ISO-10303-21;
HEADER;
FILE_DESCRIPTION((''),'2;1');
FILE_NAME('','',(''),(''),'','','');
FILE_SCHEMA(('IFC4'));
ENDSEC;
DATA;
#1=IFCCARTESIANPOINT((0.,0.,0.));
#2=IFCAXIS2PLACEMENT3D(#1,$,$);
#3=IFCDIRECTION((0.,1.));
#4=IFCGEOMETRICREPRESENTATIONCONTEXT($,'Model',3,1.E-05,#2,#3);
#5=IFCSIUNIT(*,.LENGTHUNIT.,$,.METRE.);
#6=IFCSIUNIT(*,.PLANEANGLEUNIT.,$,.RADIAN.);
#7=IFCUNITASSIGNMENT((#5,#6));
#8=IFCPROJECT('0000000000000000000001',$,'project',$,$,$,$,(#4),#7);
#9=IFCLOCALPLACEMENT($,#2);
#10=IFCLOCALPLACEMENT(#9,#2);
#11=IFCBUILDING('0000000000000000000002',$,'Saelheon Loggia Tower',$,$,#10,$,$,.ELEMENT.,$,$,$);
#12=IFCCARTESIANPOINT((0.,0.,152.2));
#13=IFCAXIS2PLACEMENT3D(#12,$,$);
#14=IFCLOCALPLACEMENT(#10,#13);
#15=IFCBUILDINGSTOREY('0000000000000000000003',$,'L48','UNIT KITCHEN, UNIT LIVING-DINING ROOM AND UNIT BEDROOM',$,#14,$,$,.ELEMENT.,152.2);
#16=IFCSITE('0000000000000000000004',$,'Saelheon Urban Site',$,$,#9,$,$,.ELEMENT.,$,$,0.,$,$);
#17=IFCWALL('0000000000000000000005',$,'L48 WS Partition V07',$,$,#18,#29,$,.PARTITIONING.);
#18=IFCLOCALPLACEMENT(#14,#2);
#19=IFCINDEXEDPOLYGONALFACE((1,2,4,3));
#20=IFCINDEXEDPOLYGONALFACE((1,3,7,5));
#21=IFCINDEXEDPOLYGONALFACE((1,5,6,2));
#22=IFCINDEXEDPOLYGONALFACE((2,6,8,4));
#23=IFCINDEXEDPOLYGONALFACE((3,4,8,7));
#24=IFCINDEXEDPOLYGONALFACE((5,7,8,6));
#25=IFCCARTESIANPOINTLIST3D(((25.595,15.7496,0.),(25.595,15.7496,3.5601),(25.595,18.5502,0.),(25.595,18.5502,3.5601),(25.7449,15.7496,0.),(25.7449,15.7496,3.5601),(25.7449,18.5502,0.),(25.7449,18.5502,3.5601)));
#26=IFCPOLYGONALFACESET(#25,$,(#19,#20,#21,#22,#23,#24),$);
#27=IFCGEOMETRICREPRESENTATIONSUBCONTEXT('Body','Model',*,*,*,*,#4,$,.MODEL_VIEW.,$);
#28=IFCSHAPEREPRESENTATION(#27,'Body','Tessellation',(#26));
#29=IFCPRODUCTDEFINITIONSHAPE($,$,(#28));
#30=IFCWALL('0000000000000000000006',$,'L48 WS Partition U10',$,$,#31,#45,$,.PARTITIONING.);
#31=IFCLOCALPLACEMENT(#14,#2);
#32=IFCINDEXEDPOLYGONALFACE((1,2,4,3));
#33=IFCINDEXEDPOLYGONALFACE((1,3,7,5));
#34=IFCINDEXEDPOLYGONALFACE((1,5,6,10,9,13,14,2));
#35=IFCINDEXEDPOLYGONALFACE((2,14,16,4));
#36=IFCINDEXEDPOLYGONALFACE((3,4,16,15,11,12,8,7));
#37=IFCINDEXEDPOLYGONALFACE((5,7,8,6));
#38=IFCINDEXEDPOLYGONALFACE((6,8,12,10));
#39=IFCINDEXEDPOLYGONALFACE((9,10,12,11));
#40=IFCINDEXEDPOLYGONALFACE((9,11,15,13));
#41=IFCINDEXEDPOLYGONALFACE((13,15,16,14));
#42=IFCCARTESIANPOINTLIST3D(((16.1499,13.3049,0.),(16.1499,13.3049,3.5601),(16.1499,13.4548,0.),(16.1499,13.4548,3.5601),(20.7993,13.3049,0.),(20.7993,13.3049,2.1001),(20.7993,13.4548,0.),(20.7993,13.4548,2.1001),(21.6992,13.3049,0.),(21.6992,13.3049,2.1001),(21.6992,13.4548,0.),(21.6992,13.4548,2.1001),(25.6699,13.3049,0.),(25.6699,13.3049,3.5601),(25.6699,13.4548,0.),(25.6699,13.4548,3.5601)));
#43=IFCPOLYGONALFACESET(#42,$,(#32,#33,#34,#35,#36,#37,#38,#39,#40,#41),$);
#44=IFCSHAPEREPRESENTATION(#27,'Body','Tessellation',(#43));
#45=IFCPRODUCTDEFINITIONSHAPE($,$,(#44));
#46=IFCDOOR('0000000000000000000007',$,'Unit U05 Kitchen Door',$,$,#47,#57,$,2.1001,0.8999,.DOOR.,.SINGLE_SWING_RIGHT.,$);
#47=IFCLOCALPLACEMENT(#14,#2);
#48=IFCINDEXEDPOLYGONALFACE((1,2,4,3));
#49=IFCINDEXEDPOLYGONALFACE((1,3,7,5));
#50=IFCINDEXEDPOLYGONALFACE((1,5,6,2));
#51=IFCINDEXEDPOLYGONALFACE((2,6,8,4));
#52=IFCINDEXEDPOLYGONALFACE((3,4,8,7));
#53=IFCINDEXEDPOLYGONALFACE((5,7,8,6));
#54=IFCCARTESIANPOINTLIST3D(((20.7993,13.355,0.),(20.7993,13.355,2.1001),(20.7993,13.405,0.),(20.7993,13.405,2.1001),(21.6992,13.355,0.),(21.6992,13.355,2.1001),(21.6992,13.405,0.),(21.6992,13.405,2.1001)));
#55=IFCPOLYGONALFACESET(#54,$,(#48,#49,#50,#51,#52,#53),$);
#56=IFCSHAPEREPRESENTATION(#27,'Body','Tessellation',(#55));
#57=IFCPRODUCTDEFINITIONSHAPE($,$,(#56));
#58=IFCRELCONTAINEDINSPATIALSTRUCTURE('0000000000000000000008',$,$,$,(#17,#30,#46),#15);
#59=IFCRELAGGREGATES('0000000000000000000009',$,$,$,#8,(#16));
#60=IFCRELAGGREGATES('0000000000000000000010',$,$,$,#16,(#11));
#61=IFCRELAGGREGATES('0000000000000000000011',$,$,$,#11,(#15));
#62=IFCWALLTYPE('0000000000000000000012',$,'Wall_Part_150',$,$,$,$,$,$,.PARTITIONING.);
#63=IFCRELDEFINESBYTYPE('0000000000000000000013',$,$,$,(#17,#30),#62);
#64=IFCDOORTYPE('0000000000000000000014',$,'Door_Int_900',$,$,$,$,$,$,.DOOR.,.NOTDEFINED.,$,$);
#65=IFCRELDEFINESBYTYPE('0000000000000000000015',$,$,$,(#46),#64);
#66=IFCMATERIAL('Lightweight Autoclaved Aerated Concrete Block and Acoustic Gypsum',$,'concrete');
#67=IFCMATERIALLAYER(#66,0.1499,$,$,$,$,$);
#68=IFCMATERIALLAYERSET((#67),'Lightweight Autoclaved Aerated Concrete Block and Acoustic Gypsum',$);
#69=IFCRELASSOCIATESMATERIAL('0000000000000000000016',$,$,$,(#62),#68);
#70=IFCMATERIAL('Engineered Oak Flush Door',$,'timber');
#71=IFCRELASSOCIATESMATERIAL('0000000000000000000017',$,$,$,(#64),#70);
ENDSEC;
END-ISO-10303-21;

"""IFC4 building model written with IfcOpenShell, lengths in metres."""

from ifc_helpers import new_model, si_unit, direction, frame, frame_2d, origin, place, context, subcontext, project, spatial, rectangle, extrude, source, transform, mapped, material, layer, layer_set, type_object, element, fill, save


model = new_model("IFC4")

# Units and contexts
model_context = context("Model", 3, precision=1e-05, world=origin(), true_north=direction((0.0, 1.0)))
body_context = subcontext(model_context, "Body", "Model", "MODEL_VIEW")
ifc_project = project(units=[si_unit("LENGTHUNIT", "METRE"), si_unit("PLANEANGLEUNIT", "RADIAN")], contexts=[model_context])

# Site, building, storey
site_placement = place(None, origin())
site = spatial("IfcSite", under=ifc_project, at=site_placement, Name="Saelheon Urban Site", CompositionType="ELEMENT", RefElevation=0.0)
building_placement = place(site_placement, origin())
building = spatial("IfcBuilding", under=site, at=building_placement, Name="Saelheon Loggia Tower", CompositionType="ELEMENT")
storey_placement = place(building_placement, frame((0.0, 0.0, 152.2)))
storey = spatial("IfcBuildingStorey", under=building, at=storey_placement, Name="L48", Description="UNIT KITCHEN, UNIT LIVING-DINING ROOM AND UNIT BEDROOM", CompositionType="ELEMENT", Elevation=152.2)

# Wall
ifc_material_1 = material(Name="Lightweight Autoclaved Aerated Concrete Block and Acoustic Gypsum", Category="concrete")
ifc_layer_1 = layer(ifc_material_1, 0.1499)
ifc_layer_set_1 = layer_set([ifc_layer_1], Name="Lightweight Autoclaved Aerated Concrete Block and Acoustic Gypsum")
wall_type_1 = type_object("IfcWallType", Name="Wall_Part_150", PredefinedType="PARTITIONING", material=ifc_layer_set_1)
wall_1_placement = place(storey_placement, frame((25.6699, 15.7495, 0.0), z_axis=(0.0, 0.0, 1.0), x_axis=(0.0, 1.0, 0.0)))
element("IfcWall", 1, at=wall_1_placement, inside=storey, type_object=wall_type_1, Name="L48 WS Partition V07", PredefinedType="PARTITIONING", context=body_context, shape_type="SweptSolid", body=[
    extrude(rectangle(XDim=2.8005, YDim=0.1499, at=frame_2d((1.4004, 0.0))), origin(), (0.0, 0.0, 1.0), 3.5601),
])

# Wall, opening, door
wall_2_placement = place(storey_placement, frame((25.6699, 13.3799, 0.0), z_axis=(0.0, 0.0, 1.0), x_axis=(-1.0, 0.0, 0.0)))
wall_2 = element("IfcWall", 2, at=wall_2_placement, inside=storey, type_object=wall_type_1, Name="L48 WS Partition U10", PredefinedType="PARTITIONING", context=body_context, shape_type="SweptSolid", body=[
    extrude(rectangle(XDim=9.52, YDim=0.1499, at=frame_2d((4.76, 0.0))), origin(), (0.0, 0.0, 1.0), 3.5601),
])
opening_1_placement = place(wall_2_placement, frame((3.9707, 0.0, 0.0)))
opening_1 = element("IfcOpeningElement", 3, at=opening_1_placement, cuts=wall_2, PredefinedType="OPENING", context=body_context, shape_type="SweptSolid", body=[
    extrude(rectangle(XDim=0.8999, YDim=2.1001, at=frame_2d((0.45, 1.05))), frame((0.0, 0.0869, 0.0), z_axis=(0.0, -1.0, 0.0), x_axis=(1.0, 0.0, 0.0)), (0.0, 0.0, 1.0), 0.1738),
])
ifc_material_2 = material(Name="Engineered Oak Flush Door", Category="timber")
door_type = type_object("IfcDoorType", Name="Door_Int_900", OperationType="NOTDEFINED", PredefinedType="DOOR", material=ifc_material_2)
shared_shape_1 = source(origin(), body_context, "Body", "SweptSolid", [
    extrude(rectangle(XDim=0.8999, YDim=2.1001, at=frame_2d((0.45, 1.05))), frame((0.0, 0.0249, 0.0), z_axis=(0.0, -1.0, 0.0), x_axis=(1.0, 0.0, 0.0)), (0.0, 0.0, 1.0), 0.05),
])
door_placement = place(opening_1_placement, origin())
door = element("IfcDoor", 4, at=door_placement, inside=storey, type_object=door_type, Name="Unit U05 Kitchen Door", OperationType="SINGLE_SWING_RIGHT", OverallHeight=2.1001, OverallWidth=0.8999, PredefinedType="DOOR", context=body_context, shape_type="MappedRepresentation", body=[
    mapped(shared_shape_1, transform((0.0, 0.0, 0.0), scale=1.0)),
])
fill(opening_1, door)

save(model, "model.ifc")
